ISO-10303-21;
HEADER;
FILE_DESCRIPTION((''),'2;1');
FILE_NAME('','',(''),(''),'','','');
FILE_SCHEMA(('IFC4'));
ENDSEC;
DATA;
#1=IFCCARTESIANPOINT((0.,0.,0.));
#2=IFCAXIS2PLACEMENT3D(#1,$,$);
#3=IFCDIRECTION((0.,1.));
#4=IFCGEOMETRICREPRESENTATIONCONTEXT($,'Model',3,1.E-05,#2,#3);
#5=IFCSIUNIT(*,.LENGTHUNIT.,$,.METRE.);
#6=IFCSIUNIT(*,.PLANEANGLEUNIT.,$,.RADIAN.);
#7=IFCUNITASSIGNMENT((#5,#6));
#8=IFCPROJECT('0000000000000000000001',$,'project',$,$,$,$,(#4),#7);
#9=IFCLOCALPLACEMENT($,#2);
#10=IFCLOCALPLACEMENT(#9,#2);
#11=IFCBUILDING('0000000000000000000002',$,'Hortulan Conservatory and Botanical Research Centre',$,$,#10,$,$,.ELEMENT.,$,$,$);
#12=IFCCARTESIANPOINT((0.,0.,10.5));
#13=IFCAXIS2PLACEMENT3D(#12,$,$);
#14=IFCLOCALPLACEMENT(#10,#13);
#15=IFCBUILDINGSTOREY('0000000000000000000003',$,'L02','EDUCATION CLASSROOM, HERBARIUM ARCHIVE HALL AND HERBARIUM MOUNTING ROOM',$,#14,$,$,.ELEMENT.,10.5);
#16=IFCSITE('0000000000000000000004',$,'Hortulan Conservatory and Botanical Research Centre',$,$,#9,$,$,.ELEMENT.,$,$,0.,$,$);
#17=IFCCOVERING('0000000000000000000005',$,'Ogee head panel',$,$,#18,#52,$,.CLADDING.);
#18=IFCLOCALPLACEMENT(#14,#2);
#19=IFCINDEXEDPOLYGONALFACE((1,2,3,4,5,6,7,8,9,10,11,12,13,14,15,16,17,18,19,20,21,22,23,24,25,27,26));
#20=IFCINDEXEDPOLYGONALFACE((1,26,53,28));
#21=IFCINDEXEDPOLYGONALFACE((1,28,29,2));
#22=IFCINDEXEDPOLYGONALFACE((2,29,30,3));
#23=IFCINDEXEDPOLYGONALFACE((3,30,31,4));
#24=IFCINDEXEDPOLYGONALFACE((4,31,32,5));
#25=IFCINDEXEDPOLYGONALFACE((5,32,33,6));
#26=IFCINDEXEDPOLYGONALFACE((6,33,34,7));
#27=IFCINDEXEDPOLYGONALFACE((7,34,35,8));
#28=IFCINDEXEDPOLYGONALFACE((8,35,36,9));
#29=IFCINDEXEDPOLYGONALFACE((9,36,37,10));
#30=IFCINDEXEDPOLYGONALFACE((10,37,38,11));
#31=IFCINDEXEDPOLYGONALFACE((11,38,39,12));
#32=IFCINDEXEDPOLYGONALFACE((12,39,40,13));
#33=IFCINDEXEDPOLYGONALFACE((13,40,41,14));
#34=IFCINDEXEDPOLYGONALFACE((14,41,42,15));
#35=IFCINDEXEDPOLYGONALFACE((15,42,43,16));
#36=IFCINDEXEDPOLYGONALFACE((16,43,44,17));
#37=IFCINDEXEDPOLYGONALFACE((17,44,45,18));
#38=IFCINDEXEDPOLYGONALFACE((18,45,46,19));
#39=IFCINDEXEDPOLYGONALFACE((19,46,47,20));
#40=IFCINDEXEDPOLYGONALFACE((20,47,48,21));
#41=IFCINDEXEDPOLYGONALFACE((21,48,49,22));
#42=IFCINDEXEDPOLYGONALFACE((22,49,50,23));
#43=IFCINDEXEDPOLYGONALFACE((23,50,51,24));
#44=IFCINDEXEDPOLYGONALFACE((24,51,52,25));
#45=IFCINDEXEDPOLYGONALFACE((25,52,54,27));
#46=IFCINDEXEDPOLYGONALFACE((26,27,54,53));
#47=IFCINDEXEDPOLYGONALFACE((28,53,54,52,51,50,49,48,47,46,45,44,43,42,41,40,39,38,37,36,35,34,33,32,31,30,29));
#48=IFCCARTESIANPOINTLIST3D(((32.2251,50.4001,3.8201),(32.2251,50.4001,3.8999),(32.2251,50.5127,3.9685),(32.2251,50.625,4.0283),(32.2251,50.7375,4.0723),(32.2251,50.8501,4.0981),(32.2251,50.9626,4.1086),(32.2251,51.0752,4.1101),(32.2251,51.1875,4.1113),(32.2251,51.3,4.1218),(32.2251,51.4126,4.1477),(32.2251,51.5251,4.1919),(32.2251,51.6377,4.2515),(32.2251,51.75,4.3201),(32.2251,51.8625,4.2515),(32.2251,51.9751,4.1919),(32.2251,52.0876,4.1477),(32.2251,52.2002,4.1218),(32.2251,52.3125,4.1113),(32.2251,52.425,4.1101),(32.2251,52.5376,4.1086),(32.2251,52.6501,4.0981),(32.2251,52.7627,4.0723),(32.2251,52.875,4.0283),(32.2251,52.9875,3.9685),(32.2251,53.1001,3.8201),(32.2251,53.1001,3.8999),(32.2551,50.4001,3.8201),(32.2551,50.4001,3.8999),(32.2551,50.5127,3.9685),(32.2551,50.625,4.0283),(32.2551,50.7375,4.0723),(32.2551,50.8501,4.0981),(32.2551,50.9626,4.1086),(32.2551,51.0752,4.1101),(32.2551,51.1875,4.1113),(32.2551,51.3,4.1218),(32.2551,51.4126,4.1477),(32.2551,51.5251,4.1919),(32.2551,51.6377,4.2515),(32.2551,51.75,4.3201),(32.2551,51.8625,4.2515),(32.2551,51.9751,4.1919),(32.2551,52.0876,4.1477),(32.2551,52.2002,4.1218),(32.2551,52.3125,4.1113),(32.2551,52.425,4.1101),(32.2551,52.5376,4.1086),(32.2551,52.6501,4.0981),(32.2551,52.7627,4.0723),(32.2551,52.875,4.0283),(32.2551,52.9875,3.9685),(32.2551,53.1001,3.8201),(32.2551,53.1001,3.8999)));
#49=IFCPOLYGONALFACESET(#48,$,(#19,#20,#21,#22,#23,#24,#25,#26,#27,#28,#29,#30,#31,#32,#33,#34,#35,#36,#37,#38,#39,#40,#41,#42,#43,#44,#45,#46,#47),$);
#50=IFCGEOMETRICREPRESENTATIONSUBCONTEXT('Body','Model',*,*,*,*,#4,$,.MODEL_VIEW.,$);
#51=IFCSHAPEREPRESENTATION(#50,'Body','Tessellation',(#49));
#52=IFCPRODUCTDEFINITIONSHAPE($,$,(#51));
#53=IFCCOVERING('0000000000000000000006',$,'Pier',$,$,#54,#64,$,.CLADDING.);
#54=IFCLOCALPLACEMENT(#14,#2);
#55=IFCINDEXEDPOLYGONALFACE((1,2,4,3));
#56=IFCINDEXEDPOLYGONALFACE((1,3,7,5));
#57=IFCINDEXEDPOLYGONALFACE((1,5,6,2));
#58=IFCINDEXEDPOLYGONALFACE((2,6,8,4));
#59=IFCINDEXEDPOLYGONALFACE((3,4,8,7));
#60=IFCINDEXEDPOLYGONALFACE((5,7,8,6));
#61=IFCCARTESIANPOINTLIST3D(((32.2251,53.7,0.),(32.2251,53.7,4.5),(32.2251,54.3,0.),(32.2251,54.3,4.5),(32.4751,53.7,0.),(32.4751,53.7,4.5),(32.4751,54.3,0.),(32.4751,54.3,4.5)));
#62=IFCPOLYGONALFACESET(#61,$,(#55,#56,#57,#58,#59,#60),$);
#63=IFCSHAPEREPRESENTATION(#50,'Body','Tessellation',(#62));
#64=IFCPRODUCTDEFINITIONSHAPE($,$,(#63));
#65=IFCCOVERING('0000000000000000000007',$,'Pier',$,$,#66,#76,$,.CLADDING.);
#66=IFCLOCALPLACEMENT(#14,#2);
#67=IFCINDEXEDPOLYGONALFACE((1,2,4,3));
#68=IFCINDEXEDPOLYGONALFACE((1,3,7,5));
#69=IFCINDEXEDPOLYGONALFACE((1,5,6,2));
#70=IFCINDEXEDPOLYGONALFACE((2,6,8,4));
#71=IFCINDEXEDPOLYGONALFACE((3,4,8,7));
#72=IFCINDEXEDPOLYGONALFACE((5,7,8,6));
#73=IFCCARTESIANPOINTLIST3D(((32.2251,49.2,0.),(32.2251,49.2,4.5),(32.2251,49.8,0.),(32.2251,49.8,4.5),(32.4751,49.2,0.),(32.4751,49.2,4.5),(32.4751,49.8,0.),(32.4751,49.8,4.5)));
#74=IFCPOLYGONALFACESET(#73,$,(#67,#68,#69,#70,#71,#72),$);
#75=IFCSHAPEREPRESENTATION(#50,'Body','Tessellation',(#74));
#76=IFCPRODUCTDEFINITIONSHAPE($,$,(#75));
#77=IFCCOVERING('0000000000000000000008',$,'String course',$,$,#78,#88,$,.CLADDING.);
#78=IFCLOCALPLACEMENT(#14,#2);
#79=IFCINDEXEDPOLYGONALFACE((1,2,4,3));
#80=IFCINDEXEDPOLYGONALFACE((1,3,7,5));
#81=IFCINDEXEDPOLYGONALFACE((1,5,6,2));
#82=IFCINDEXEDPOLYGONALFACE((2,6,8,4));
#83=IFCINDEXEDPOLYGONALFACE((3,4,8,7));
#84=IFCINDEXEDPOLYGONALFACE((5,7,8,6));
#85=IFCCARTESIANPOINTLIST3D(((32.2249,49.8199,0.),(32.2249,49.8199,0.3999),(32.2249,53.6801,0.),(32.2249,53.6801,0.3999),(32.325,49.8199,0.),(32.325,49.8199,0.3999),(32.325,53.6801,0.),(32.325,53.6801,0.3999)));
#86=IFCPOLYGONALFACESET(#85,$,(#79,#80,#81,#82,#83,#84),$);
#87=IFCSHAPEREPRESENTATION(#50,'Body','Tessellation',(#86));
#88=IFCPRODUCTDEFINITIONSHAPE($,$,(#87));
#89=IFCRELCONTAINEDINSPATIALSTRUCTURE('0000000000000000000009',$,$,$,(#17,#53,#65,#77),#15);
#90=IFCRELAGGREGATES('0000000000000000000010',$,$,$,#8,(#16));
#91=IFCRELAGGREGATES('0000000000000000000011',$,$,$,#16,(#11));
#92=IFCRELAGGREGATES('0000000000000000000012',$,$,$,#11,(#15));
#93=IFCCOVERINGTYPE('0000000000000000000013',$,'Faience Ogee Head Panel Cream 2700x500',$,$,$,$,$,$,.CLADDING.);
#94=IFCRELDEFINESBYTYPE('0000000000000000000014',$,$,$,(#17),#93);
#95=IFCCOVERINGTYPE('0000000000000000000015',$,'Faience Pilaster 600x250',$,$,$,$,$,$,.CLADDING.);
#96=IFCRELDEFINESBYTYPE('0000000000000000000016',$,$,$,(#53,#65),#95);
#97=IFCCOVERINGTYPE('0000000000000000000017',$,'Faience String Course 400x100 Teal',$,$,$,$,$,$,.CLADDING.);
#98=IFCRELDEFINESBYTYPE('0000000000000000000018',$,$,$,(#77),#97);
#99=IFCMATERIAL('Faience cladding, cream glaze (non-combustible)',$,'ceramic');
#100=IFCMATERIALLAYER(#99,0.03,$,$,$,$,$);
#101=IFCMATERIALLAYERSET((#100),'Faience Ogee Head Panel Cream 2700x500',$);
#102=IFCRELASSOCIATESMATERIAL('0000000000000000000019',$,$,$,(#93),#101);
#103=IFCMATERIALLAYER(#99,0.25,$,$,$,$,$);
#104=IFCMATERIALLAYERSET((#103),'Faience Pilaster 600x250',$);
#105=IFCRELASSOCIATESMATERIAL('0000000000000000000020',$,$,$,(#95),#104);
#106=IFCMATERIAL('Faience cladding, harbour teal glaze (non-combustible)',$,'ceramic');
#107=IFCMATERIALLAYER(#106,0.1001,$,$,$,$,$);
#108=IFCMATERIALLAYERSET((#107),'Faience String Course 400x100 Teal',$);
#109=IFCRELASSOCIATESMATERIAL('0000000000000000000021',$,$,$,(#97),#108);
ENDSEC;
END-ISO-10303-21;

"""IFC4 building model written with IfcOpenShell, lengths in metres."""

from ifc_helpers import new_model, si_unit, direction, frame, origin, origin_2d, place, context, subcontext, project, spatial, polyline, rectangle, outline, extrude, material, layer, layer_set, type_object, element, save


model = new_model("IFC4")

# Units and contexts
model_context = context("Model", 3, precision=1e-05, world=origin(), true_north=direction((0.0, 1.0)))
body_context = subcontext(model_context, "Body", "Model", "MODEL_VIEW")
ifc_project = project(units=[si_unit("LENGTHUNIT", "METRE"), si_unit("PLANEANGLEUNIT", "RADIAN")], contexts=[model_context])

# Site, building, storey
site_placement = place(None, origin())
site = spatial("IfcSite", under=ifc_project, at=site_placement, Name="Hortulan Conservatory and Botanical Research Centre", CompositionType="ELEMENT", RefElevation=0.0)
building_placement = place(site_placement, origin())
building = spatial("IfcBuilding", under=site, at=building_placement, Name="Hortulan Conservatory and Botanical Research Centre", CompositionType="ELEMENT")
storey_placement = place(building_placement, frame((0.0, 0.0, 10.5)))
storey = spatial("IfcBuildingStorey", under=building, at=storey_placement, Name="L02", Description="EDUCATION CLASSROOM, HERBARIUM ARCHIVE HALL AND HERBARIUM MOUNTING ROOM", CompositionType="ELEMENT", Elevation=10.5)

# Coverings
ifc_material_1 = material(Name="Faience cladding, cream glaze (non-combustible)", Category="ceramic")
ifc_layer_1 = layer(ifc_material_1, 0.03)
ifc_layer_set_1 = layer_set([ifc_layer_1], Name="Faience Ogee Head Panel Cream 2700x500")
covering_type_1 = type_object("IfcCoveringType", Name="Faience Ogee Head Panel Cream 2700x500", PredefinedType="CLADDING", material=ifc_layer_set_1)
covering_1_placement = place(storey_placement, frame((32.24, 53.1001, 3.8201), z_axis=(0.0, 0.0, 1.0), x_axis=(0.0, -1.0, 0.0)))
element("IfcCovering", 1, at=covering_1_placement, inside=storey, type_object=covering_type_1, Name="Ogee head panel", PredefinedType="CLADDING", context=body_context, shape_type="SweptSolid", body=[
    extrude(outline(polyline([(0.0, 0.0), (2.7, 0.0), (2.7, 0.0798), (2.5874, 0.1484), (2.4751, 0.2083), (2.3625, 0.2522), (2.25, 0.2781), (2.1375, 0.2886), (2.0249, 0.29), (1.9126, 0.2913), (1.8, 0.3018), (1.6875, 0.3276), (1.575, 0.3718), (1.4624, 0.4314), (1.3501, 0.5), (1.2375, 0.4314), (1.125, 0.3718), (1.0125, 0.3276), (0.8999, 0.3018), (0.7876, 0.2913), (0.675, 0.29), (0.5625, 0.2886), (0.45, 0.2781), (0.3374, 0.2522), (0.2251, 0.2083), (0.1125, 0.1484), (0.0, 0.0798), (0.0, 0.0)])), frame((0.0, 0.0151, 0.0), z_axis=(0.0, -1.0, 0.0), x_axis=(1.0, 0.0, 0.0)), (0.0, 0.0, 1.0), 0.03),
])
ifc_layer_2 = layer(ifc_material_1, 0.25)
ifc_layer_set_2 = layer_set([ifc_layer_2], Name="Faience Pilaster 600x250")
covering_type_2 = type_object("IfcCoveringType", Name="Faience Pilaster 600x250", PredefinedType="CLADDING", material=ifc_layer_set_2)
for number, where, z_axis, x_axis, name in (
    (2, (32.3501, 54.0, 0.0), (0.0, 0.0, 1.0), (0.0, -1.0, 0.0), "Pier"),
    (3, (32.3501, 49.5, 0.0), (0.0, 0.0, 1.0), (0.0, -1.0, 0.0), "Pier"),
):
    element("IfcCovering", number, at=place(storey_placement, frame(where, z_axis=z_axis, x_axis=x_axis)), inside=storey, type_object=covering_type_2, Name=name, PredefinedType="CLADDING", context=body_context, shape_type="SweptSolid", body=[
        extrude(rectangle(XDim=0.6001, YDim=0.25, at=origin_2d()), origin(), (0.0, 0.0, 1.0), 4.5),
    ])
ifc_material_2 = material(Name="Faience cladding, harbour teal glaze (non-combustible)", Category="ceramic")
ifc_layer_3 = layer(ifc_material_2, 0.1001)
ifc_layer_set_3 = layer_set([ifc_layer_3], Name="Faience String Course 400x100 Teal")
covering_type_3 = type_object("IfcCoveringType", Name="Faience String Course 400x100 Teal", PredefinedType="CLADDING", material=ifc_layer_set_3)
covering_2_placement = place(storey_placement, frame((32.2749, 51.75, 0.0), z_axis=(0.0, 0.0, 1.0), x_axis=(0.0, -1.0, 0.0)))
element("IfcCovering", 4, at=covering_2_placement, inside=storey, type_object=covering_type_3, Name="String course", PredefinedType="CLADDING", context=body_context, shape_type="SweptSolid", body=[
    extrude(rectangle(XDim=3.8601, YDim=0.1001, at=origin_2d()), origin(), (0.0, 0.0, 1.0), 0.3999),
])

save(model, "model.ifc")
